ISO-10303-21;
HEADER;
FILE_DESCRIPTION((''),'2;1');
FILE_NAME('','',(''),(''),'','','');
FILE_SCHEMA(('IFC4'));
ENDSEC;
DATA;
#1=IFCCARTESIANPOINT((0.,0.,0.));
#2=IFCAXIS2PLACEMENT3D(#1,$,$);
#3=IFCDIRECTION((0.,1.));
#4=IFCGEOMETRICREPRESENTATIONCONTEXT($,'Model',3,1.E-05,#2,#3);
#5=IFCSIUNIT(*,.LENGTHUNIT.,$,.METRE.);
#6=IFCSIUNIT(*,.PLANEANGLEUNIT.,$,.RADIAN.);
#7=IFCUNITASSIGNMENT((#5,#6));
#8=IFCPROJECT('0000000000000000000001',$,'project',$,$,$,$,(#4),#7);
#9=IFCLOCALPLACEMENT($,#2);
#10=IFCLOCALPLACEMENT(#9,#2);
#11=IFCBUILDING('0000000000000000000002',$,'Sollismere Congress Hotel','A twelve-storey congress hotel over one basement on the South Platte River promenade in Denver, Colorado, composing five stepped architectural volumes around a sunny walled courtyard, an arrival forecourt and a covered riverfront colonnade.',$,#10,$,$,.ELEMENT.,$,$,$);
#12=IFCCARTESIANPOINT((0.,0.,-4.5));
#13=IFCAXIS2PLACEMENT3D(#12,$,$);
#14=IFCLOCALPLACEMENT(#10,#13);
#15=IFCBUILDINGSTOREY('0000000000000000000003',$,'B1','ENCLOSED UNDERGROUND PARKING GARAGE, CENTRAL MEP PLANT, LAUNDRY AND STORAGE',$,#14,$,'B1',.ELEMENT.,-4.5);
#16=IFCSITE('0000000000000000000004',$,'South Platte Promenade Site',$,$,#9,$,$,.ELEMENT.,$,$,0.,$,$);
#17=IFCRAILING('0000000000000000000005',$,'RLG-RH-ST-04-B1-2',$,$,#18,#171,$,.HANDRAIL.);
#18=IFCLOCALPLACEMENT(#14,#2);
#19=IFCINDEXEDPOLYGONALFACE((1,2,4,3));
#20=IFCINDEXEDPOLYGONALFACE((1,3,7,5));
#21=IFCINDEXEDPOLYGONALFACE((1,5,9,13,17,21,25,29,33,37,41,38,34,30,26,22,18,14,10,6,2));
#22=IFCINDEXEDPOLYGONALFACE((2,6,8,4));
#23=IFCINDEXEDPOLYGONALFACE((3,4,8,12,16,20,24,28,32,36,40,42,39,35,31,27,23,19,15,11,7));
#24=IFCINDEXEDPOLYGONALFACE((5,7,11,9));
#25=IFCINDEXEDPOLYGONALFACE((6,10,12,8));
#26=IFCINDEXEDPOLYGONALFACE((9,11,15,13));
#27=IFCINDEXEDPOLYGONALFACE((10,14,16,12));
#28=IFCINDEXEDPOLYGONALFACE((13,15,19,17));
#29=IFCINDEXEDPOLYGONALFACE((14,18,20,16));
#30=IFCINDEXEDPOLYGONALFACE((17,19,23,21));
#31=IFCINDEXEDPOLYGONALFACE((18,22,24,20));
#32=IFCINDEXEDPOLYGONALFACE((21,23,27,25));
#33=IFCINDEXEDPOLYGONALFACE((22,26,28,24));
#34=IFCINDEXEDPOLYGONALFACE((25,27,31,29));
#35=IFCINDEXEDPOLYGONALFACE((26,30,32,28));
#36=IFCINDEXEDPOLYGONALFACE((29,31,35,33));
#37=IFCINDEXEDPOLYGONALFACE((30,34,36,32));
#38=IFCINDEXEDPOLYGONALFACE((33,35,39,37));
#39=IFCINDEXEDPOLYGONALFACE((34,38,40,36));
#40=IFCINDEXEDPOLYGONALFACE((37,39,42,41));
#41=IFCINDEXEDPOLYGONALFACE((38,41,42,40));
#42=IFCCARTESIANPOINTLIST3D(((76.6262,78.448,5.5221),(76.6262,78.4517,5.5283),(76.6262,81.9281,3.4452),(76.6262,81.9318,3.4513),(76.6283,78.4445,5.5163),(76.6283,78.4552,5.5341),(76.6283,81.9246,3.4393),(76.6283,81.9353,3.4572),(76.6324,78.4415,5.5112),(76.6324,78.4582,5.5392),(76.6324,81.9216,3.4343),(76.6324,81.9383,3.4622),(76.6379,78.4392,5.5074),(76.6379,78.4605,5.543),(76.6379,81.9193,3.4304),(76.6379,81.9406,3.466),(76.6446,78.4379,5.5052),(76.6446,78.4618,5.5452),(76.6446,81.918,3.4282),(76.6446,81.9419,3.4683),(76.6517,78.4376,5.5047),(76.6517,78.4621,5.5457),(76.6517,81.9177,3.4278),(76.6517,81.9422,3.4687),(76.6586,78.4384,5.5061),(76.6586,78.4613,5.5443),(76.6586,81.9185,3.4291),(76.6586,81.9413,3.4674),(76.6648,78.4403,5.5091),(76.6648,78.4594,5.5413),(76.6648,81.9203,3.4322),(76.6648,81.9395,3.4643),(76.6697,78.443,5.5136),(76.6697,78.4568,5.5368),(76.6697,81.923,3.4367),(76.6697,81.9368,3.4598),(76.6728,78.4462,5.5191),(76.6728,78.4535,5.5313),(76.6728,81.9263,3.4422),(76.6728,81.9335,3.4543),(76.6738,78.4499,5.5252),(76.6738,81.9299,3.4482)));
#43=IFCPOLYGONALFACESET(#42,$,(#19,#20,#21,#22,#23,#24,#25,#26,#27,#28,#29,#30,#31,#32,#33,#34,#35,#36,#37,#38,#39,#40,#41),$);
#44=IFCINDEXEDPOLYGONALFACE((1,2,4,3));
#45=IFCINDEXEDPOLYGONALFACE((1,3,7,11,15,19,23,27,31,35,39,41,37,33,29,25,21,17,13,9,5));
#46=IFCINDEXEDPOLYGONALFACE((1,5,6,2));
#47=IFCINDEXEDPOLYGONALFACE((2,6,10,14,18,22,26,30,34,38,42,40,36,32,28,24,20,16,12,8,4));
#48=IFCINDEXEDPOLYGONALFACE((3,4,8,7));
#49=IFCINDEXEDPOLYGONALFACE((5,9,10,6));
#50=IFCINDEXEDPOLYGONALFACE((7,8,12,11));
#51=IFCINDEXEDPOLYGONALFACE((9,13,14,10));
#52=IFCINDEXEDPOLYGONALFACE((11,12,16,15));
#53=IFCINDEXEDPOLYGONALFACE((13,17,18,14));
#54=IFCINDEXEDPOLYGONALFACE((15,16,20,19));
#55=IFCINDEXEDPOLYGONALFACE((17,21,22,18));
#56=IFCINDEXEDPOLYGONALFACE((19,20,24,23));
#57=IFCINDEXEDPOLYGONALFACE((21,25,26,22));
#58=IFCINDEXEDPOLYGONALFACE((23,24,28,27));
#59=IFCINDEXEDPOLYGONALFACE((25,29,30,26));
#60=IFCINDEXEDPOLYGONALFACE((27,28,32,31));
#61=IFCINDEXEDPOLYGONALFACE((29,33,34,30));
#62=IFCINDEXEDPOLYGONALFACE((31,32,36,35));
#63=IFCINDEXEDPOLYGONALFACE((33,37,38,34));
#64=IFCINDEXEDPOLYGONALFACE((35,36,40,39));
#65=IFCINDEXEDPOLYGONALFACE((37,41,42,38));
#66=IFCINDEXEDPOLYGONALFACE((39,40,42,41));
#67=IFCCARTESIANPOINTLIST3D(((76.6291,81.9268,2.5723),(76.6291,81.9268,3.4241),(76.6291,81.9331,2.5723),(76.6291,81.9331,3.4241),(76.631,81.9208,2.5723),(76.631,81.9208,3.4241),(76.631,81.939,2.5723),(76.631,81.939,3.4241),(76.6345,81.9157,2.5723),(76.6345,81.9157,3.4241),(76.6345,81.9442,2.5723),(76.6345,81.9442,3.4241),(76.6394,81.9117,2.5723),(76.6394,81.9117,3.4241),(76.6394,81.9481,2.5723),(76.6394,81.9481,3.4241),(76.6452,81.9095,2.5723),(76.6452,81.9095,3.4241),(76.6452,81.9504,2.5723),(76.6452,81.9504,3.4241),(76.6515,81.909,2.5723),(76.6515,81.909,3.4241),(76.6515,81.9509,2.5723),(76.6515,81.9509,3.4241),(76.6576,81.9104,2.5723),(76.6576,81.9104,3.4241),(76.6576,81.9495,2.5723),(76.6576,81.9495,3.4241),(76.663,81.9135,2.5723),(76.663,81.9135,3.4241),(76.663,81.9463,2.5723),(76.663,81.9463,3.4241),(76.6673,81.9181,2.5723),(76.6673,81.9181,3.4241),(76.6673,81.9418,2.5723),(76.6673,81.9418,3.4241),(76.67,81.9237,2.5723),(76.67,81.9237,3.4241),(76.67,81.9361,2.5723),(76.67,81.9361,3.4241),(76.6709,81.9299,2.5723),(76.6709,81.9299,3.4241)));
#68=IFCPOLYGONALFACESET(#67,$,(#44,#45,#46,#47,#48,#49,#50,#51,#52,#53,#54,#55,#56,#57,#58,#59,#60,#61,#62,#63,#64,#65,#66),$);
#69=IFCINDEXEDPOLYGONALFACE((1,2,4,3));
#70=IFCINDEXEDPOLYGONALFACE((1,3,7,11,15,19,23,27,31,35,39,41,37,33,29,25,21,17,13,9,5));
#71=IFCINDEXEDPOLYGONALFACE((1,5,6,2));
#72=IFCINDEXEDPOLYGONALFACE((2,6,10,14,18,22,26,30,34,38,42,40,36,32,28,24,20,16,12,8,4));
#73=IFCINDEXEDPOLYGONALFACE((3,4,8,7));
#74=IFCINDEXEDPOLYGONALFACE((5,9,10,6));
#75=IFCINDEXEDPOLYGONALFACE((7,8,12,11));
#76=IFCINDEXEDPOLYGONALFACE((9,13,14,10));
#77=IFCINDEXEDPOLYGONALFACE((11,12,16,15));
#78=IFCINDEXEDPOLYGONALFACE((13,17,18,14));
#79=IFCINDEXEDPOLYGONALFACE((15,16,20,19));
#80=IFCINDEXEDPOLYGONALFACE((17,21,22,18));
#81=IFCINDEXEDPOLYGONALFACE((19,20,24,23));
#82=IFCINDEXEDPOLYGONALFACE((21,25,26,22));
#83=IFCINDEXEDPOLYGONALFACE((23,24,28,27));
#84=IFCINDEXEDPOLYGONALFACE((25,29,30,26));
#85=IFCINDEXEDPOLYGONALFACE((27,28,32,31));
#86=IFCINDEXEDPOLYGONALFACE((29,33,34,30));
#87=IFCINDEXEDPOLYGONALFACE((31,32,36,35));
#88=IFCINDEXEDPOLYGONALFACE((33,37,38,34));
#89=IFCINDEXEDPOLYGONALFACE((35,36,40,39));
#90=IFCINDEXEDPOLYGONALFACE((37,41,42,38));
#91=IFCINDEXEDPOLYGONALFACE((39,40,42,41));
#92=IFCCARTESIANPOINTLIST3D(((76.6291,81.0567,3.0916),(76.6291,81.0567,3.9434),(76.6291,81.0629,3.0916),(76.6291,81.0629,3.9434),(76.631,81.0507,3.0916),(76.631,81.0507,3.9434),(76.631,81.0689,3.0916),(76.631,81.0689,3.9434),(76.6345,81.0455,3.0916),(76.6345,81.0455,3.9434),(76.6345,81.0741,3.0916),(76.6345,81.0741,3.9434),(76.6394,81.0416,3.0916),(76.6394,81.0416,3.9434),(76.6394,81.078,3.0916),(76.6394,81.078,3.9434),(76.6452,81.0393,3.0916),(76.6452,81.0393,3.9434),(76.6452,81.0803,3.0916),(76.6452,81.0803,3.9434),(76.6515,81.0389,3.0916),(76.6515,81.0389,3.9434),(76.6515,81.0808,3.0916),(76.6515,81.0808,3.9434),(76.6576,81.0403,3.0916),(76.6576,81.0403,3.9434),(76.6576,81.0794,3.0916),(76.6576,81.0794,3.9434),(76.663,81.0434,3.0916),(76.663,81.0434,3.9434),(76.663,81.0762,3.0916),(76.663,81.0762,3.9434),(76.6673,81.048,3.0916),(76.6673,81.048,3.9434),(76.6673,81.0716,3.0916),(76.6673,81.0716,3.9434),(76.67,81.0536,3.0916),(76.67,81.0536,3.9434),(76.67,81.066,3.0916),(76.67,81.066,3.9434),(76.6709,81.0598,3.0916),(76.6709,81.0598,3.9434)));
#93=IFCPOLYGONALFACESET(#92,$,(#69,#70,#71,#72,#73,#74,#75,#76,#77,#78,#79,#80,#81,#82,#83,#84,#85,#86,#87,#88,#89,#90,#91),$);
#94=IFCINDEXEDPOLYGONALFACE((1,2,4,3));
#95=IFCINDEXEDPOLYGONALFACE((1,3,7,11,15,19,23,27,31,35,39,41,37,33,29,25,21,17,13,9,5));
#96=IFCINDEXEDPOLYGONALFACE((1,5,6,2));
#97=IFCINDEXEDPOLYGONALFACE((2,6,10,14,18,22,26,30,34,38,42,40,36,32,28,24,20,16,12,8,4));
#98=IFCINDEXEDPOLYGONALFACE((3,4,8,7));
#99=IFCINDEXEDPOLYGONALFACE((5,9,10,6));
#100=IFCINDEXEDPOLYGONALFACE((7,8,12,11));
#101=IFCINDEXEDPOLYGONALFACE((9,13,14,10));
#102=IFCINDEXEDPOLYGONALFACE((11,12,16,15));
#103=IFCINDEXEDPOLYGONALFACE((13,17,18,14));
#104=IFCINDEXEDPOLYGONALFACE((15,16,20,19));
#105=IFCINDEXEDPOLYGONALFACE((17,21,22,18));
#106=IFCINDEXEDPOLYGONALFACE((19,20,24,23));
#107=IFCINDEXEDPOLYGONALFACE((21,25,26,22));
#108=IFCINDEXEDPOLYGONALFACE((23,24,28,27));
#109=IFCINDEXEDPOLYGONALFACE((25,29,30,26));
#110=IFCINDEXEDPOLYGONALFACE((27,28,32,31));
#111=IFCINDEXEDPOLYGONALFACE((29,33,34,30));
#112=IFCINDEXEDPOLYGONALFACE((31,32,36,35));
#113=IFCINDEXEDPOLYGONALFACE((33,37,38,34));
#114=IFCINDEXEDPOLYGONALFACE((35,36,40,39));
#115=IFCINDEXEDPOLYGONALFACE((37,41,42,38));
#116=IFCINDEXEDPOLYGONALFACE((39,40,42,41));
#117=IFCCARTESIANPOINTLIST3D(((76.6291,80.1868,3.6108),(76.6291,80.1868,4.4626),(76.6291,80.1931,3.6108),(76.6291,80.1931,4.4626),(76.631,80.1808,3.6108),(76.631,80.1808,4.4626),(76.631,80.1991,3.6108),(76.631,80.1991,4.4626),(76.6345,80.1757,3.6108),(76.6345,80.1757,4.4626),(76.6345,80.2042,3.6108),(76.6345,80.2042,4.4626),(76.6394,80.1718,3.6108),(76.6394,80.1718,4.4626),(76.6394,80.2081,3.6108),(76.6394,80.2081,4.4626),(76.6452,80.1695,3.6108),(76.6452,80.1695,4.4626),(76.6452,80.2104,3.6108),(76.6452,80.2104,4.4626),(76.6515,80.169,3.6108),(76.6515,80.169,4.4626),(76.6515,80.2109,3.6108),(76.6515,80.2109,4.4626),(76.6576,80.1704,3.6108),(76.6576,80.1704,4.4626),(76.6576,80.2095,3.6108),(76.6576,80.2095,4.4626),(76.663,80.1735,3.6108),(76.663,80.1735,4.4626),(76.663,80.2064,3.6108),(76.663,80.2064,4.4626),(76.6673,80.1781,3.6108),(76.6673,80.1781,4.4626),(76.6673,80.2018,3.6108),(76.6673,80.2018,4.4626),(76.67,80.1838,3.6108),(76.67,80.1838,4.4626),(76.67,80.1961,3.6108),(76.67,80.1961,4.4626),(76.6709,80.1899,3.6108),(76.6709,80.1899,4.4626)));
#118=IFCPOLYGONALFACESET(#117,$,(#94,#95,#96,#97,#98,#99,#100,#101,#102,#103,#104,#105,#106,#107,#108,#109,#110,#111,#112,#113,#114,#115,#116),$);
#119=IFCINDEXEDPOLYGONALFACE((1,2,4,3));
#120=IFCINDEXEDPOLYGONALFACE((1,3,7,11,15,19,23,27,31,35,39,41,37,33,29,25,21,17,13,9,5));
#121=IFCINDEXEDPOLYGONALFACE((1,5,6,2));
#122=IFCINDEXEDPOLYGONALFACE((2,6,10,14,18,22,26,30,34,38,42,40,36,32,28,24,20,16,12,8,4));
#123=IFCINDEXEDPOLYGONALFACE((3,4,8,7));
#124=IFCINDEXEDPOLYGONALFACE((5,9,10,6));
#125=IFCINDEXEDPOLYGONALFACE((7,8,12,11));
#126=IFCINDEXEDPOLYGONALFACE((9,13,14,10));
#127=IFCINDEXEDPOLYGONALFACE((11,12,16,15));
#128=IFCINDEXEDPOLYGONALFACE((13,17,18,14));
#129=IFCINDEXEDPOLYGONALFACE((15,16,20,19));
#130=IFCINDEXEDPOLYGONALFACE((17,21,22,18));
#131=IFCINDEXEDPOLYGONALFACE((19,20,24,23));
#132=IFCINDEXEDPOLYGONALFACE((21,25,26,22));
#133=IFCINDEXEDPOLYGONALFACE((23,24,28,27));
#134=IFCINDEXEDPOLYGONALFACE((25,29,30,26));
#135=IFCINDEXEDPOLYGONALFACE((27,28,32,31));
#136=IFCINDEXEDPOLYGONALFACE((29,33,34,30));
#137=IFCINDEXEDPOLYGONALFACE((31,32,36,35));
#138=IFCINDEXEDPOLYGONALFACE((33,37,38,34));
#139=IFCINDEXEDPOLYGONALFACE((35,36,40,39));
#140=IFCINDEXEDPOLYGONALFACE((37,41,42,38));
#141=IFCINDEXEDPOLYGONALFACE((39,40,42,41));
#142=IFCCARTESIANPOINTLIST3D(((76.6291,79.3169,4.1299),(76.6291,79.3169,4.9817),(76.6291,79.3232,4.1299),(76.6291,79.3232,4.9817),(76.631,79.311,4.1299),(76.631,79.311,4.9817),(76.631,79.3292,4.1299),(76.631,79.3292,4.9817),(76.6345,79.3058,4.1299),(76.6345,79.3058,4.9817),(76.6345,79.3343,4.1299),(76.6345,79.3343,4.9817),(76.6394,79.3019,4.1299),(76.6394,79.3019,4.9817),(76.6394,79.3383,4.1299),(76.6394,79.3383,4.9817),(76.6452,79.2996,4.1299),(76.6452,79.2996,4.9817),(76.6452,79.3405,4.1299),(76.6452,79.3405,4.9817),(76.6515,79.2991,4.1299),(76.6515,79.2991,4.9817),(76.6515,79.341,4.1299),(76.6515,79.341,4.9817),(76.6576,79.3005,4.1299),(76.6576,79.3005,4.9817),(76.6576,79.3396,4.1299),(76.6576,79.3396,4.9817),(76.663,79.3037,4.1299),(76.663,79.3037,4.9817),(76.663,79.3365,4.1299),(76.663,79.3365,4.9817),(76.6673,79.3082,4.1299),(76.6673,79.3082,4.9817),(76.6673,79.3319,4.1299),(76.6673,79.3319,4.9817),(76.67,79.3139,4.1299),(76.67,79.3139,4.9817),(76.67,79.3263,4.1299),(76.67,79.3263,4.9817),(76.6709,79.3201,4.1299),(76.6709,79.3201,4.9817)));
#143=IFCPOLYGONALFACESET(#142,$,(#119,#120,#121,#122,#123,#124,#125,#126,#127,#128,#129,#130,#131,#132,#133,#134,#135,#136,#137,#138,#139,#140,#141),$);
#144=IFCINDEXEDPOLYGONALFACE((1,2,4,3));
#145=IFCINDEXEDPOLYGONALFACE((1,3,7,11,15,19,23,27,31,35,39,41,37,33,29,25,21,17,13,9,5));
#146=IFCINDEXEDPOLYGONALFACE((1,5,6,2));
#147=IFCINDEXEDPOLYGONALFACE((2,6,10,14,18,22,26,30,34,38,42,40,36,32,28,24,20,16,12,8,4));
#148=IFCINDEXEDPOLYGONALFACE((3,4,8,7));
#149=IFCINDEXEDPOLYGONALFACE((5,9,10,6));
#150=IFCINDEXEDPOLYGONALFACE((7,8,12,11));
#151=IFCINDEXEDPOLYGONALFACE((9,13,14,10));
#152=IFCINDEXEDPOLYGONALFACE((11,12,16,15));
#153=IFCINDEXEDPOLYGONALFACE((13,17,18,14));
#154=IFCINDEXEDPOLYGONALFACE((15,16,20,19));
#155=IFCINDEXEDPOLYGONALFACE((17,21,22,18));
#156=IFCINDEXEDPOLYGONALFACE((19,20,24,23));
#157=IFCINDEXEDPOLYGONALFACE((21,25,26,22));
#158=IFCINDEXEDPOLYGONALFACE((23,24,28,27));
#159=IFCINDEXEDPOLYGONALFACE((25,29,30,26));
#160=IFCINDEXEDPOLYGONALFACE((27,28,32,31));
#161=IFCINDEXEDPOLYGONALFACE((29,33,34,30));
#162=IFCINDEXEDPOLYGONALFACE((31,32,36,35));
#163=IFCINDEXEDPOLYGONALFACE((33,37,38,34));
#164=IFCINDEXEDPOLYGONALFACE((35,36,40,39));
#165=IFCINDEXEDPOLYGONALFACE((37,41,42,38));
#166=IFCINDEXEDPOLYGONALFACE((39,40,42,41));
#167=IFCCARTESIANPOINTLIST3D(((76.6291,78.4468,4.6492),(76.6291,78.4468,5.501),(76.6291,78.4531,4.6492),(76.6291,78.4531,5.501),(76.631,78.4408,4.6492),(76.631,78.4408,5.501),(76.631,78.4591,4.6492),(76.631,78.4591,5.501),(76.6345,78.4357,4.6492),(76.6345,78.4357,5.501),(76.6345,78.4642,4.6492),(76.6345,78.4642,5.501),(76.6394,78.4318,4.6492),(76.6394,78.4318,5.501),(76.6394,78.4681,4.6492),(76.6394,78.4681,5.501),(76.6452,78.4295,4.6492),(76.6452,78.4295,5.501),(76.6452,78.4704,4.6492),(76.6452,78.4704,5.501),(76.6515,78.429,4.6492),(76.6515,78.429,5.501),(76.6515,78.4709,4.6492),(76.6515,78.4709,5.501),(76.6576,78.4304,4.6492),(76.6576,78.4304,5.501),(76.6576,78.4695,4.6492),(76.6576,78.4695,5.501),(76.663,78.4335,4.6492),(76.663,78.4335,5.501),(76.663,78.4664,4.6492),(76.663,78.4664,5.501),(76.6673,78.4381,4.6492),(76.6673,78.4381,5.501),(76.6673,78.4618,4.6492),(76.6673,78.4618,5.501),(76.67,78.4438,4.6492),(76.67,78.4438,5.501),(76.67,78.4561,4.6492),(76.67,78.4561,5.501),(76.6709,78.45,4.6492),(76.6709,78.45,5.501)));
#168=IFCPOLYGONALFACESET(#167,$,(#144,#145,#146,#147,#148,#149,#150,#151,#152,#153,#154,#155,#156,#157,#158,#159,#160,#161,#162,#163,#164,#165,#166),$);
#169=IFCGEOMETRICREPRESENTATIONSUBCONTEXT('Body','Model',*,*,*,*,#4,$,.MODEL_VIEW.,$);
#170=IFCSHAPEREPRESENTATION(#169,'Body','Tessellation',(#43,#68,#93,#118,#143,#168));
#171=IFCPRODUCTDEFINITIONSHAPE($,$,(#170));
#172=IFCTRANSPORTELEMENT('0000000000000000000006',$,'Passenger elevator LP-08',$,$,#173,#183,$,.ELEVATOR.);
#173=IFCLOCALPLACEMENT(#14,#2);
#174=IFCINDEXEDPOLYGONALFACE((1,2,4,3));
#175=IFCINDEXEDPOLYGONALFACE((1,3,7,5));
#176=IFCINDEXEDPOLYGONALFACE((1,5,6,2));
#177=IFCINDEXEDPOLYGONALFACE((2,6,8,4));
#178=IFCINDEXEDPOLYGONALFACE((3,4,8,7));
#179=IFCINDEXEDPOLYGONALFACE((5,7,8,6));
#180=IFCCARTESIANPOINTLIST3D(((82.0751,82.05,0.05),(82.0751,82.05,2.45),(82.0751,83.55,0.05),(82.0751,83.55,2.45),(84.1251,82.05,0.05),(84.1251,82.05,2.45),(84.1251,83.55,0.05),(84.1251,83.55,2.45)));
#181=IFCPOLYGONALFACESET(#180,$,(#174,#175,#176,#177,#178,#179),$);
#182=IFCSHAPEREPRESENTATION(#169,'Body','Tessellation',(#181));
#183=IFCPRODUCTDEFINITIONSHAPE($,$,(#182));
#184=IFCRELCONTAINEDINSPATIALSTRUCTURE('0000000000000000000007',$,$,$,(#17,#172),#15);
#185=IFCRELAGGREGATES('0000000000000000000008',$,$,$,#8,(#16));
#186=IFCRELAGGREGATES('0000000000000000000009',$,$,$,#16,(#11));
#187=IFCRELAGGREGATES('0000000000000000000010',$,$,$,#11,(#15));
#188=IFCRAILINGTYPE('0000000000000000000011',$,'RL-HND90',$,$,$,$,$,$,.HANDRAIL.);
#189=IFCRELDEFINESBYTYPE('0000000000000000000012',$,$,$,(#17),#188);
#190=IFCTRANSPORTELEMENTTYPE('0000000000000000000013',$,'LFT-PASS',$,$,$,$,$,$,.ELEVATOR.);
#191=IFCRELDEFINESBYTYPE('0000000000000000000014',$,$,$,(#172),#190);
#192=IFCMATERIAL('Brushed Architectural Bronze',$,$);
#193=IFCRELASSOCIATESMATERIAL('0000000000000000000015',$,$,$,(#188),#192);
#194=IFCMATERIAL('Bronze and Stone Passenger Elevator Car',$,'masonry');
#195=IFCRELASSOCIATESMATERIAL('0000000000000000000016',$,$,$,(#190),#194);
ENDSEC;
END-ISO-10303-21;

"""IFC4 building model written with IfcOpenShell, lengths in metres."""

from ifc_helpers import new_model, si_unit, direction, frame, origin, origin_2d, place, context, subcontext, project, spatial, rectangle, circle, extrude, material, type_object, element, save


model = new_model("IFC4")

# Units and contexts
model_context = context("Model", 3, precision=1e-05, world=origin(), true_north=direction((0.0, 1.0)))
body_context = subcontext(model_context, "Body", "Model", "MODEL_VIEW")
ifc_project = project(units=[si_unit("LENGTHUNIT", "METRE"), si_unit("PLANEANGLEUNIT", "RADIAN")], contexts=[model_context])

# Site, building, storey
site_placement = place(None, origin())
site = spatial("IfcSite", under=ifc_project, at=site_placement, Name="South Platte Promenade Site", CompositionType="ELEMENT", RefElevation=0.0)
building_placement = place(site_placement, origin())
building = spatial("IfcBuilding", under=site, at=building_placement, Name="Sollismere Congress Hotel", Description="A twelve-storey congress hotel over one basement on the South Platte River promenade in Denver, Colorado, composing five stepped architectural volumes around a sunny walled courtyard, an arrival forecourt and a covered riverfront colonnade.", CompositionType="ELEMENT")
storey_placement = place(building_placement, frame((0.0, 0.0, -4.5)))
storey = spatial("IfcBuildingStorey", under=building, at=storey_placement, Name="B1", Description="ENCLOSED UNDERGROUND PARKING GARAGE, CENTRAL MEP PLANT, LAUNDRY AND STORAGE", LongName="B1", CompositionType="ELEMENT", Elevation=-4.5)

# Railing
ifc_material_1 = material(Name="Brushed Architectural Bronze")
railing_type_1 = type_object("IfcRailingType", Name="RL-HND90", PredefinedType="HANDRAIL", material=ifc_material_1)
railing_1_placement = place(storey_placement, frame((76.6499, 81.9299, 2.5723)))
element("IfcRailing", 1, at=railing_1_placement, inside=storey, type_object=railing_type_1, Name="RLG-RH-ST-04-B1-2", PredefinedType="HANDRAIL", context=body_context, shape_type="SweptSolid", body=[
    extrude(circle(Radius=0.0239, at=origin_2d()), frame((0.0, 0.0, 0.876), z_axis=(0.0, -0.858697, 0.512483), x_axis=(1.0, 0.0, 0.0)), (0.0, 0.0, 1.0), 4.0527),
    extrude(circle(Radius=0.021, at=origin_2d()), origin(), (0.0, 0.0, 1.0), 0.8518),
    extrude(circle(Radius=0.021, at=origin_2d()), frame((0.0, -0.8701, 0.5193)), (0.0, 0.0, 1.0), 0.8518),
    extrude(circle(Radius=0.021, at=origin_2d()), frame((0.0, -1.74, 1.0386)), (0.0, 0.0, 1.0), 0.8518),
    extrude(circle(Radius=0.021, at=origin_2d()), frame((0.0, -2.6099, 1.5576)), (0.0, 0.0, 1.0), 0.8518),
    extrude(circle(Radius=0.021, at=origin_2d()), frame((0.0, -3.48, 2.0769)), (0.0, 0.0, 1.0), 0.8518),
])

# Transport element
ifc_material_2 = material(Name="Bronze and Stone Passenger Elevator Car", Category="masonry")
transport_element_type = type_object("IfcTransportElementType", Name="LFT-PASS", PredefinedType="ELEVATOR", material=ifc_material_2)
transport_element_placement = place(storey_placement, frame((83.1001, 82.8, 0.05), z_axis=(0.0, 0.0, 1.0), x_axis=(1.0, 0.0, 0.0)))
element("IfcTransportElement", 2, at=transport_element_placement, inside=storey, type_object=transport_element_type, Name="Passenger elevator LP-08", PredefinedType="ELEVATOR", context=body_context, shape_type="SweptSolid", body=[
    extrude(rectangle(XDim=2.05, YDim=1.5, at=origin_2d()), origin(), (0.0, 0.0, 1.0), 2.3999),
])

save(model, "model.ifc")
